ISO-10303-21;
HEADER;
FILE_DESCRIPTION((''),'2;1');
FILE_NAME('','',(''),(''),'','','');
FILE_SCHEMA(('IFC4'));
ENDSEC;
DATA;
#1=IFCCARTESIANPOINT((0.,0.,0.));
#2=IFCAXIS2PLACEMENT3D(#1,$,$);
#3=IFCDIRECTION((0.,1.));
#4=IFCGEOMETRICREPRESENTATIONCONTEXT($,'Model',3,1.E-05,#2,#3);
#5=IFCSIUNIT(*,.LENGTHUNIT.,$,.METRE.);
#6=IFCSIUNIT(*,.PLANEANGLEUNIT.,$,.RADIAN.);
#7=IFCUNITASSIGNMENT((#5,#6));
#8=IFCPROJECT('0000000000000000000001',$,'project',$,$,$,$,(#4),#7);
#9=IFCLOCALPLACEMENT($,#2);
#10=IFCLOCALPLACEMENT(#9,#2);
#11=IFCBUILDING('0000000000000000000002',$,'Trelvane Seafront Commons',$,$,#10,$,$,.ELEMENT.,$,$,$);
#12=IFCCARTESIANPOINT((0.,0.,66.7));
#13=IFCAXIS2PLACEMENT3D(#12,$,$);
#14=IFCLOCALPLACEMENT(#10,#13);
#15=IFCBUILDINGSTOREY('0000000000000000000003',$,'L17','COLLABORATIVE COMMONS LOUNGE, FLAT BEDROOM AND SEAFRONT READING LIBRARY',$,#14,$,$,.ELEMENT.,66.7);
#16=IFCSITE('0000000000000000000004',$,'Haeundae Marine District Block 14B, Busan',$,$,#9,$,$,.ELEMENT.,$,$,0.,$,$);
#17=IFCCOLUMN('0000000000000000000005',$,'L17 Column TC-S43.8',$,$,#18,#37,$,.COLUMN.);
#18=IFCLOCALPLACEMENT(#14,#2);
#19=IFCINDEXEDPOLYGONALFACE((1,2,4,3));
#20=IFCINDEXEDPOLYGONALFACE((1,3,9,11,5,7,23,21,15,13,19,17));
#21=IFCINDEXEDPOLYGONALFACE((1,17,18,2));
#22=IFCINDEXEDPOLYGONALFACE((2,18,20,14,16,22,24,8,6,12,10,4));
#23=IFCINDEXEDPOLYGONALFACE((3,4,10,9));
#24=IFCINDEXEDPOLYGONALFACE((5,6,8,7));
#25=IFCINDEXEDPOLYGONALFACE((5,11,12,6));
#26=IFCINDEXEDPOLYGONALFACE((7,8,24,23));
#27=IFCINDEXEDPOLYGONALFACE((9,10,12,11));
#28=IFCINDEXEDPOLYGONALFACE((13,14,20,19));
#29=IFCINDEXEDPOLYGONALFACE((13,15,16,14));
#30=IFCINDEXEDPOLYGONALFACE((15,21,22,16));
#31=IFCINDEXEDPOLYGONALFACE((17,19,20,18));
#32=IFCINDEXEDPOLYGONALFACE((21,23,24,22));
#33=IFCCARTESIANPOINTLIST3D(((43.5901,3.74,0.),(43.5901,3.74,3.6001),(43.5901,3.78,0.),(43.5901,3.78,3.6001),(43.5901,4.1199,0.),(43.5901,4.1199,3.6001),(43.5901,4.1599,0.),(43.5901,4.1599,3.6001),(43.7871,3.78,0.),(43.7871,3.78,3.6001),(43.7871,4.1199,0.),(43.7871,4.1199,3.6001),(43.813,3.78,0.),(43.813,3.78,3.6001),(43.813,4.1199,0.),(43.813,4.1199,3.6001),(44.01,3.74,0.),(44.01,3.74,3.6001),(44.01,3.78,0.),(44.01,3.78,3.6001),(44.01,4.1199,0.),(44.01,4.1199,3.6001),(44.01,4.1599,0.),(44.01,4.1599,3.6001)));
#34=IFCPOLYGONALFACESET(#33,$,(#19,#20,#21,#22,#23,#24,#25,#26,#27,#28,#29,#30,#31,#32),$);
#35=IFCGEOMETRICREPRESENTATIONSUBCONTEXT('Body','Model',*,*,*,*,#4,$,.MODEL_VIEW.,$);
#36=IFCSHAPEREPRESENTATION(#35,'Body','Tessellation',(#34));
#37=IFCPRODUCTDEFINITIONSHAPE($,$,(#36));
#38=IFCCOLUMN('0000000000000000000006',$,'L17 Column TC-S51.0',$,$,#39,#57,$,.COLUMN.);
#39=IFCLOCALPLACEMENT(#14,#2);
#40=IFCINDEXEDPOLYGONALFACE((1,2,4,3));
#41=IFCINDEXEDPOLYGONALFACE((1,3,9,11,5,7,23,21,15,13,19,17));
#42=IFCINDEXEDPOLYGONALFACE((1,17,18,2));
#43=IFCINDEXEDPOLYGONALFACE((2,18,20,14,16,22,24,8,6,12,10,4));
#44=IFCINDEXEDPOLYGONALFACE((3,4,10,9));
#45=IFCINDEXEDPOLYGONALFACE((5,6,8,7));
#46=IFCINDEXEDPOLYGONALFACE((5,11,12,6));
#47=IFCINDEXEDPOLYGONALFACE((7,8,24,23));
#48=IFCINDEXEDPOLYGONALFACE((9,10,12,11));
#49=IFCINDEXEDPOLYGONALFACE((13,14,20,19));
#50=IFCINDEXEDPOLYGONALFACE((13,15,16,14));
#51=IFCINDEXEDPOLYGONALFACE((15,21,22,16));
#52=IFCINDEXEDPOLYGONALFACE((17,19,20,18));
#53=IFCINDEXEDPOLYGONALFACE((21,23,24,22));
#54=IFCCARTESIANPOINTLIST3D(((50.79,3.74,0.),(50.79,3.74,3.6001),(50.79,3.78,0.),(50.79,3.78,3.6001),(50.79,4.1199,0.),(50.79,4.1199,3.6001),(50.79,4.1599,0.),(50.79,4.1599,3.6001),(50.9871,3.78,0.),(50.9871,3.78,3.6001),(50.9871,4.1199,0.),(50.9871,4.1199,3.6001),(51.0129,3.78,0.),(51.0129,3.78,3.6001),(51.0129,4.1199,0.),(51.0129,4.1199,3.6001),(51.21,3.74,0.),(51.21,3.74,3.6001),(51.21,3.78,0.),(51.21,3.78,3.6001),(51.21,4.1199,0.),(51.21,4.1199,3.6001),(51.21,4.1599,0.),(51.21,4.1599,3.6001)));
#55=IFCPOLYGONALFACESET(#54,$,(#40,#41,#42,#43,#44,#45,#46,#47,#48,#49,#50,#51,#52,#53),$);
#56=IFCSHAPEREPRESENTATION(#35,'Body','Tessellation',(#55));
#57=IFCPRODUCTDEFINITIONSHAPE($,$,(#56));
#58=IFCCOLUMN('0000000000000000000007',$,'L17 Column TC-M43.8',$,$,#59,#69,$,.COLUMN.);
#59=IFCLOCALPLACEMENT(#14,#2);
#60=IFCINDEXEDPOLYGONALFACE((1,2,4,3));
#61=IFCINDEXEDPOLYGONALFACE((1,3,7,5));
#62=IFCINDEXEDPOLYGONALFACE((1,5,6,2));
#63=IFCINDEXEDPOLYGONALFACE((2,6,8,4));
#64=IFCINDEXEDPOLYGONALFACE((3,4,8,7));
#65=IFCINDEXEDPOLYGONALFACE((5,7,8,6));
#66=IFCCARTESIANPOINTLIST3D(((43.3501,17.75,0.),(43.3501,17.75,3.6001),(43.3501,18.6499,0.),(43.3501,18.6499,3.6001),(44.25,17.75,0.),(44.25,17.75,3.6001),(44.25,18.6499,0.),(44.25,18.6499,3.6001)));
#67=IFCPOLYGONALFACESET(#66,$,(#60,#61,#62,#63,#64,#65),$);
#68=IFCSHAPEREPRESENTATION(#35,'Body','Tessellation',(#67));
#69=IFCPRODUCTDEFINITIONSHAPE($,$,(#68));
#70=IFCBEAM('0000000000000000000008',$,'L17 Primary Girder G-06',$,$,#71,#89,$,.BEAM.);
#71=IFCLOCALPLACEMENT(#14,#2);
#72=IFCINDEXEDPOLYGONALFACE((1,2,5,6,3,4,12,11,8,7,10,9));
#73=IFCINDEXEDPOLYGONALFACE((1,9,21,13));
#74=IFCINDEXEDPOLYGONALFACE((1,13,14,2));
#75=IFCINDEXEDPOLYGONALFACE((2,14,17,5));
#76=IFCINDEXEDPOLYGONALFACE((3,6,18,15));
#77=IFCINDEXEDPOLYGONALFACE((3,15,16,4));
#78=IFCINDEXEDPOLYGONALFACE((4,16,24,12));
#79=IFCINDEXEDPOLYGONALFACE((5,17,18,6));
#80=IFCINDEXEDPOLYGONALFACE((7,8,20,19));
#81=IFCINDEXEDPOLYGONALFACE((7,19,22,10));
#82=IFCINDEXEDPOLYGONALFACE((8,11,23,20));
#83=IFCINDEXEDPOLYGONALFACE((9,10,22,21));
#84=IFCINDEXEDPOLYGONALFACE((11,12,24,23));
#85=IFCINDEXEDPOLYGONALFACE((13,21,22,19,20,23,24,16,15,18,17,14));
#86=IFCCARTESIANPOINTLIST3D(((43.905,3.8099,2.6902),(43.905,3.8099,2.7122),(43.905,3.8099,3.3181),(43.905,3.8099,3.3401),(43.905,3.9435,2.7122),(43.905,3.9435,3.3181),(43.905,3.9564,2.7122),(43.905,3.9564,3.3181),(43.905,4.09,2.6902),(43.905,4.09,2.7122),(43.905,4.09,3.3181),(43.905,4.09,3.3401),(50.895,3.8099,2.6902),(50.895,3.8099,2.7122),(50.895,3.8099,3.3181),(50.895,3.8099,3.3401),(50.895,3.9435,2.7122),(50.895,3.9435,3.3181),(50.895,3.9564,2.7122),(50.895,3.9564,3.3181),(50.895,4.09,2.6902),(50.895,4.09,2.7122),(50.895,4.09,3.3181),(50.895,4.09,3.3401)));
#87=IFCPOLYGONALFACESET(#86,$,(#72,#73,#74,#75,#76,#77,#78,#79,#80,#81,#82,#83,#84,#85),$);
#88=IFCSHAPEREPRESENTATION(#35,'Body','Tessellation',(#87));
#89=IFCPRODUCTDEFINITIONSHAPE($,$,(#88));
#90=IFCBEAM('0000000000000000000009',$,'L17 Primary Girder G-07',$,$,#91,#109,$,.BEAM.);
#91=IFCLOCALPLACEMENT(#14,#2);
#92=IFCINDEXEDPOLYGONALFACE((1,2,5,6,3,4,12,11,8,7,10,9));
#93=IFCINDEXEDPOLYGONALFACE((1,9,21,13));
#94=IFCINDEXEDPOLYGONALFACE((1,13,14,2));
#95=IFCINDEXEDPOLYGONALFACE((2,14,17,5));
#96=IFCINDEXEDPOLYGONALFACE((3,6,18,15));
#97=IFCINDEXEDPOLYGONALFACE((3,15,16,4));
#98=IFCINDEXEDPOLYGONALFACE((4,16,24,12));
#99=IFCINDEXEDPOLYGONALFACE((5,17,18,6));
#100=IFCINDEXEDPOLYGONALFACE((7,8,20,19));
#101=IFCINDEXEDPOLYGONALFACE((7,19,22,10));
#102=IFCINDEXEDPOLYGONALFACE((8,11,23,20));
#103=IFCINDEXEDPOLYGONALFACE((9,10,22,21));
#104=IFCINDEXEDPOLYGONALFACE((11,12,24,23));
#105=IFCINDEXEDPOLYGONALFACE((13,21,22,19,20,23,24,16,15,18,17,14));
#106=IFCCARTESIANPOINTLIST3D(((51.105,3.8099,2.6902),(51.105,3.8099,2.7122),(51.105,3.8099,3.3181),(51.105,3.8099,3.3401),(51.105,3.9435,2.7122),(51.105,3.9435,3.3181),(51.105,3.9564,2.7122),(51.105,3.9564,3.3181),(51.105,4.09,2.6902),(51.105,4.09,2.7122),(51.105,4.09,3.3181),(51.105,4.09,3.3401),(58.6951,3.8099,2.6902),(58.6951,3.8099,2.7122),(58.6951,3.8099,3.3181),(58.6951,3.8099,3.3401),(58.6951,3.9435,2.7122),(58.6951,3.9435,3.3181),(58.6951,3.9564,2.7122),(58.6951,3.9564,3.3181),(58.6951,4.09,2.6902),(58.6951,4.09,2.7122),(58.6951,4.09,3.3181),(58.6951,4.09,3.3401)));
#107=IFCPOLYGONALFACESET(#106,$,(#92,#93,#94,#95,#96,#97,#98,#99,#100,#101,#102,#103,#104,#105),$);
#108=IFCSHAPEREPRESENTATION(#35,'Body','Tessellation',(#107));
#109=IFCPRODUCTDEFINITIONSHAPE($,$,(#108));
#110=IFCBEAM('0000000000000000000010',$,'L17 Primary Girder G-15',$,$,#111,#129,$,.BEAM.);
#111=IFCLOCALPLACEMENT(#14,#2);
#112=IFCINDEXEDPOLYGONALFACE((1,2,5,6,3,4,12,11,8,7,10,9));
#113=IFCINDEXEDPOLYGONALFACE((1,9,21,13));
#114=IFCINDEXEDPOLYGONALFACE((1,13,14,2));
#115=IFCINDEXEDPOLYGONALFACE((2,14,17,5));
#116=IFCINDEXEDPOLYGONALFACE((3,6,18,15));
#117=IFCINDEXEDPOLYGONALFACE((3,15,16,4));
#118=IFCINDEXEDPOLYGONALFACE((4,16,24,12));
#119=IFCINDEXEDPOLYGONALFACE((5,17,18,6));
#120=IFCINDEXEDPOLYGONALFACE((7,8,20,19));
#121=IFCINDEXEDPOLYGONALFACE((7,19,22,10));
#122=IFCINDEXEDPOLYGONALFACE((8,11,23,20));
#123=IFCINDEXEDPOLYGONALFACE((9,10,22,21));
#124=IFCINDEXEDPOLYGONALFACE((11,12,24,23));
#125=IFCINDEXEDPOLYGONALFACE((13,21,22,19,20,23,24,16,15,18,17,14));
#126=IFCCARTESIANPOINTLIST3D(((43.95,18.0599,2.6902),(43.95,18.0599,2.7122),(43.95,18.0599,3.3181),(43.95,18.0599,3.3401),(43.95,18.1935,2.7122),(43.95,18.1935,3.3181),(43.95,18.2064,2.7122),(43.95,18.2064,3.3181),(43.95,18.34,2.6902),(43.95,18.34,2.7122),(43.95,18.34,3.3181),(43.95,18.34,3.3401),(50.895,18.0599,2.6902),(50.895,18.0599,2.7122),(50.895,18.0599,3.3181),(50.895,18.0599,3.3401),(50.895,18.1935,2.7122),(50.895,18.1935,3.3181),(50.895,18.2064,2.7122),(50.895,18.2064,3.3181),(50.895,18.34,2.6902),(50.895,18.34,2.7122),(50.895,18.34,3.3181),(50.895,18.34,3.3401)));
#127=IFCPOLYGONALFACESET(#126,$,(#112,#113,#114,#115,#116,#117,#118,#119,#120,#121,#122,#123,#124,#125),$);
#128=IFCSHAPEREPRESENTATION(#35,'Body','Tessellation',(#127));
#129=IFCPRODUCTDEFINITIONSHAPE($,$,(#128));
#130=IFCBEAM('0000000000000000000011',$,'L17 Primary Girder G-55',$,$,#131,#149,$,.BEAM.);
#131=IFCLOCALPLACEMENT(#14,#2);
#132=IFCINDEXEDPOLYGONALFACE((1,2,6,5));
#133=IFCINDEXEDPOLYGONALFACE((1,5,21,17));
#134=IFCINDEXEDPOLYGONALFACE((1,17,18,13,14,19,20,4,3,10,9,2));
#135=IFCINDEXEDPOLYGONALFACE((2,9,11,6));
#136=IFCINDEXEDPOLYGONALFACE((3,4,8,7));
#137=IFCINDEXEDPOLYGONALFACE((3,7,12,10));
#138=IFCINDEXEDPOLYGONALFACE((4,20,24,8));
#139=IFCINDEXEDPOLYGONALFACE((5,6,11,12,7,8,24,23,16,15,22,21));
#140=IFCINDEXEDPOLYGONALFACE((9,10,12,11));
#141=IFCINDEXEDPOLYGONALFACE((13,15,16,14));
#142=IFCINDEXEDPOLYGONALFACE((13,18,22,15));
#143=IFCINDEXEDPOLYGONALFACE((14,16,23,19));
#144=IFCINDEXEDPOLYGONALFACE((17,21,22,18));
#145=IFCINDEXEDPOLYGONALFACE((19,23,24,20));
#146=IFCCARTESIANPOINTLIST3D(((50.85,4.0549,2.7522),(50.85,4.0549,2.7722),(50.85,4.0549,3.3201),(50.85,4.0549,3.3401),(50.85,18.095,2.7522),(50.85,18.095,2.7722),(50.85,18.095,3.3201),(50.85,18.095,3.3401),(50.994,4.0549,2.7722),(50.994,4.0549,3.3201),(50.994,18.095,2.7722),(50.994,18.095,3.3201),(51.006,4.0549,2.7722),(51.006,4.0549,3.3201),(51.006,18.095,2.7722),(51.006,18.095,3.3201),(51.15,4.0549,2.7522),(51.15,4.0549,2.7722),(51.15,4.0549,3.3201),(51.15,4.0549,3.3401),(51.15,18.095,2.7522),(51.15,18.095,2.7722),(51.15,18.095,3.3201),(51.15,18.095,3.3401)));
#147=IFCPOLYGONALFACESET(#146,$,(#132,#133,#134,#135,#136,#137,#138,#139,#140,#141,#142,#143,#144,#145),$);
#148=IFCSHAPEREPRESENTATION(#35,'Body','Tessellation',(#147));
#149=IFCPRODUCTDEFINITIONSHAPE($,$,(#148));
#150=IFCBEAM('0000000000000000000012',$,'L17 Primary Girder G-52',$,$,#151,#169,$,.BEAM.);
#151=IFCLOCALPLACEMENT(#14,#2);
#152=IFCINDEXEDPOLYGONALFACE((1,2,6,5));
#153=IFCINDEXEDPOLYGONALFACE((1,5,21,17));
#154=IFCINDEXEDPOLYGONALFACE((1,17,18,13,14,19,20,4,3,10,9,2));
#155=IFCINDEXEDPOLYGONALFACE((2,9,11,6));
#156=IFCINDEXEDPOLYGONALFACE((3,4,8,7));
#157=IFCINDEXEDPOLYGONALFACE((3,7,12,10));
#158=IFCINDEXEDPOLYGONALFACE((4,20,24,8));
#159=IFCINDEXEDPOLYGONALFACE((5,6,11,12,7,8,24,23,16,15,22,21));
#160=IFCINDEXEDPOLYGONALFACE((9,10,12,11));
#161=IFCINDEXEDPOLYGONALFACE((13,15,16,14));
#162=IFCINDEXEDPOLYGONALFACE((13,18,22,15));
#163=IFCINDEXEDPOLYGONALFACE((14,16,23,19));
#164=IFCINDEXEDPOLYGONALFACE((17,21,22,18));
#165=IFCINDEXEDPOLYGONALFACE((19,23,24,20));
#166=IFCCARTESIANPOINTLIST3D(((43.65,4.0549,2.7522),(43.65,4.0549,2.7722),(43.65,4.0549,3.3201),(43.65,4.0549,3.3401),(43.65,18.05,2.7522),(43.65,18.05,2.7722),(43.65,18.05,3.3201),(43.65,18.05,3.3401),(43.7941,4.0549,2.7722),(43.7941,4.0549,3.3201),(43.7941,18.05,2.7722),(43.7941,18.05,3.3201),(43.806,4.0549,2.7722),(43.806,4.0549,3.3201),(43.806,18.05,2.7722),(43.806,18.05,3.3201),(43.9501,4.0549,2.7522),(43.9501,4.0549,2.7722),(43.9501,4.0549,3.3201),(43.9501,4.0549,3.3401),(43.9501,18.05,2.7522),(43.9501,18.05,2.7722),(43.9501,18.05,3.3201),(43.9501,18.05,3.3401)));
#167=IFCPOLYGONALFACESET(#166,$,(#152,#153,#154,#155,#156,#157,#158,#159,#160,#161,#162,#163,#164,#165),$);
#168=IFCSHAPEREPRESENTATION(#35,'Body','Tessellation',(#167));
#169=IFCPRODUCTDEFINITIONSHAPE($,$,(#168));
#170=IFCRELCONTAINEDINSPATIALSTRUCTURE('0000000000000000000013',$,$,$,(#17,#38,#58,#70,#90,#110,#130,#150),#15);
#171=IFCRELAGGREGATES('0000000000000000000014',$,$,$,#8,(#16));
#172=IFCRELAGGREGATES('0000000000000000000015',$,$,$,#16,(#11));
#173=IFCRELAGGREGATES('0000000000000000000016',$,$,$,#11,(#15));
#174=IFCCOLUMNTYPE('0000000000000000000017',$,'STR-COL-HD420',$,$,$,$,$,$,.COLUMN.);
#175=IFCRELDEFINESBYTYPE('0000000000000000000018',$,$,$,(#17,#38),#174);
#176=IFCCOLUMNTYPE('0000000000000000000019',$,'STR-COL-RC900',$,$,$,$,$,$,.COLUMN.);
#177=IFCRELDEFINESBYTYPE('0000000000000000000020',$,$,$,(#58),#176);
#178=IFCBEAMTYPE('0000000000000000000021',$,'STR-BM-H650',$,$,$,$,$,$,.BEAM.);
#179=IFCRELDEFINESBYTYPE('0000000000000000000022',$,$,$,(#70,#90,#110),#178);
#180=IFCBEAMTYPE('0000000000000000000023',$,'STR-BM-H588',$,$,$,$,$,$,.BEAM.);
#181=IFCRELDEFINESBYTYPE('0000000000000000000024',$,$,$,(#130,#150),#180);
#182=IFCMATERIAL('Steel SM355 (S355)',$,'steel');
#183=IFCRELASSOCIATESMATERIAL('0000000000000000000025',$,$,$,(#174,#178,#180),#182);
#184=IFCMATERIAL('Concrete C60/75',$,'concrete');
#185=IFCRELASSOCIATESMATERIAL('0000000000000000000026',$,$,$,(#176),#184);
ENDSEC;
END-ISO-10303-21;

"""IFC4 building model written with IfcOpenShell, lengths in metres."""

from ifc_helpers import new_model, si_unit, direction, frame, origin, origin_2d, place, context, subcontext, project, spatial, rectangle, i_section, extrude, source, transform, mapped, material, material_profile, profile_set, type_object, element, save


model = new_model("IFC4")

# Units and contexts
model_context = context("Model", 3, precision=1e-05, world=origin(), true_north=direction((0.0, 1.0)))
body_context = subcontext(model_context, "Body", "Model", "MODEL_VIEW")
ifc_project = project(units=[si_unit("LENGTHUNIT", "METRE"), si_unit("PLANEANGLEUNIT", "RADIAN")], contexts=[model_context])

# Site, building, storey
site_placement = place(None, origin())
site = spatial("IfcSite", under=ifc_project, at=site_placement, Name="Haeundae Marine District Block 14B, Busan", CompositionType="ELEMENT", RefElevation=0.0)
building_placement = place(site_placement, origin())
building = spatial("IfcBuilding", under=site, at=building_placement, Name="Trelvane Seafront Commons", CompositionType="ELEMENT")
storey_placement = place(building_placement, frame((0.0, 0.0, 66.7)))
storey = spatial("IfcBuildingStorey", under=building, at=storey_placement, Name="L17", Description="COLLABORATIVE COMMONS LOUNGE, FLAT BEDROOM AND SEAFRONT READING LIBRARY", CompositionType="ELEMENT", Elevation=66.7)

# Columns
ifc_material_1 = material(Name="Steel SM355 (S355)", Category="steel")
ifc_material_profile_1 = material_profile(ifc_material_1, i_section(OverallWidth=0.4199, OverallDepth=0.4199, WebThickness=0.0259, FlangeThickness=0.04, at=origin_2d()), Name="HD-420x420x26x40")
ifc_profile_set_1 = profile_set([ifc_material_profile_1], Name="Steel SM355 (S355)")
column_type_1 = type_object("IfcColumnType", Name="STR-COL-HD420", PredefinedType="COLUMN", material=ifc_profile_set_1)
shared_shape_1 = source(origin(), body_context, "Body", "SweptSolid", [
    extrude(i_section(OverallWidth=0.4199, OverallDepth=0.4199, WebThickness=0.0259, FlangeThickness=0.04, at=origin_2d()), origin(), (0.0, 0.0, 1.0), 3.6001),
])
for number, where, z_axis, x_axis, name in (
    (1, (43.8, 3.95, 0.0), (0.0, 0.0, 1.0), (1.0, 0.0, 0.0), "L17 Column TC-S43.8"),
    (2, (51.0, 3.95, 0.0), (0.0, 0.0, 1.0), (1.0, 0.0, 0.0), "L17 Column TC-S51.0"),
):
    element("IfcColumn", number, at=place(storey_placement, frame(where, z_axis=z_axis, x_axis=x_axis)), inside=storey, type_object=column_type_1, Name=name, PredefinedType="COLUMN", context=body_context, shape_type="MappedRepresentation", body=[
        mapped(shared_shape_1, transform((0.0, 0.0, 0.0), x_axis=(1.0, 0.0, 0.0), y_axis=(0.0, 1.0, 0.0), z_axis=(0.0, 0.0, 1.0), scale=1.0)),
    ])
ifc_material_2 = material(Name="Concrete C60/75", Category="concrete")
ifc_material_profile_2 = material_profile(ifc_material_2, rectangle(XDim=0.8999, YDim=0.8999, at=origin_2d()), Name="RC-900x900")
ifc_profile_set_2 = profile_set([ifc_material_profile_2], Name="Concrete C60/75")
column_type_2 = type_object("IfcColumnType", Name="STR-COL-RC900", PredefinedType="COLUMN", material=ifc_profile_set_2)
shared_shape_2 = source(origin(), body_context, "Body", "SweptSolid", [
    extrude(rectangle(XDim=0.8999, YDim=0.8999, at=origin_2d()), origin(), (0.0, 0.0, 1.0), 3.6001),
])
column_placement = place(storey_placement, frame((43.8, 18.2, 0.0), z_axis=(0.0, 0.0, 1.0), x_axis=(1.0, 0.0, 0.0)))
element("IfcColumn", 3, at=column_placement, inside=storey, type_object=column_type_2, Name="L17 Column TC-M43.8", PredefinedType="COLUMN", context=body_context, shape_type="MappedRepresentation", body=[
    mapped(shared_shape_2, transform((0.0, 0.0, 0.0), x_axis=(1.0, 0.0, 0.0), y_axis=(0.0, 1.0, 0.0), z_axis=(0.0, 0.0, 1.0), scale=1.0)),
])

# Beams
ifc_material_profile_3 = material_profile(ifc_material_1, i_section(OverallWidth=0.28, OverallDepth=0.6499, WebThickness=0.0129, FlangeThickness=0.022, at=origin_2d()), Name="H-650x280x13x22")
ifc_profile_set_3 = profile_set([ifc_material_profile_3], Name="Steel SM355 (S355)")
beam_type_1 = type_object("IfcBeamType", Name="STR-BM-H650", PredefinedType="BEAM", material=ifc_profile_set_3)
shared_shape_3 = source(origin(), body_context, "Body", "SweptSolid", [
    extrude(i_section(OverallWidth=0.28, OverallDepth=0.6499, WebThickness=0.0129, FlangeThickness=0.022, at=origin_2d()), origin(), (0.0, 0.0, 1.0), 6.99),
])
beam_1_placement = place(storey_placement, frame((43.905, 3.95, 3.0151), z_axis=(1.0, 0.0, 0.0), x_axis=(0.0, 1.0, 0.0)))
element("IfcBeam", 4, at=beam_1_placement, inside=storey, type_object=beam_type_1, Name="L17 Primary Girder G-06", PredefinedType="BEAM", context=body_context, shape_type="MappedRepresentation", body=[
    mapped(shared_shape_3, transform((0.0, 0.0, 0.0), x_axis=(1.0, 0.0, 0.0), y_axis=(0.0, 1.0, 0.0), z_axis=(0.0, 0.0, 1.0), scale=1.0)),
])
shared_shape_4 = source(origin(), body_context, "Body", "SweptSolid", [
    extrude(i_section(OverallWidth=0.28, OverallDepth=0.6499, WebThickness=0.0129, FlangeThickness=0.022, at=origin_2d()), origin(), (0.0, 0.0, 1.0), 7.5901),
])
beam_2_placement = place(storey_placement, frame((51.105, 3.95, 3.0151), z_axis=(1.0, 0.0, 0.0), x_axis=(0.0, 1.0, 0.0)))
element("IfcBeam", 5, at=beam_2_placement, inside=storey, type_object=beam_type_1, Name="L17 Primary Girder G-07", PredefinedType="BEAM", context=body_context, shape_type="MappedRepresentation", body=[
    mapped(shared_shape_4, transform((0.0, 0.0, 0.0), x_axis=(1.0, 0.0, 0.0), y_axis=(0.0, 1.0, 0.0), z_axis=(0.0, 0.0, 1.0), scale=1.0)),
])
shared_shape_5 = source(origin(), body_context, "Body", "SweptSolid", [
    extrude(i_section(OverallWidth=0.28, OverallDepth=0.6499, WebThickness=0.0129, FlangeThickness=0.022, at=origin_2d()), origin(), (0.0, 0.0, 1.0), 6.9451),
])
beam_3_placement = place(storey_placement, frame((43.95, 18.2, 3.0151), z_axis=(1.0, 0.0, 0.0), x_axis=(0.0, 1.0, 0.0)))
element("IfcBeam", 6, at=beam_3_placement, inside=storey, type_object=beam_type_1, Name="L17 Primary Girder G-15", PredefinedType="BEAM", context=body_context, shape_type="MappedRepresentation", body=[
    mapped(shared_shape_5, transform((0.0, 0.0, 0.0), x_axis=(1.0, 0.0, 0.0), y_axis=(0.0, 1.0, 0.0), z_axis=(0.0, 0.0, 1.0), scale=1.0)),
])
ifc_material_profile_4 = material_profile(ifc_material_1, i_section(OverallWidth=0.3, OverallDepth=0.5879, WebThickness=0.012, FlangeThickness=0.02, at=origin_2d()), Name="H-588x300x12x20")
ifc_profile_set_4 = profile_set([ifc_material_profile_4], Name="Steel SM355 (S355)")
beam_type_2 = type_object("IfcBeamType", Name="STR-BM-H588", PredefinedType="BEAM", material=ifc_profile_set_4)
shared_shape_6 = source(origin(), body_context, "Body", "SweptSolid", [
    extrude(i_section(OverallWidth=0.3, OverallDepth=0.5879, WebThickness=0.012, FlangeThickness=0.02, at=origin_2d()), origin(), (0.0, 0.0, 1.0), 14.04),
])
beam_4_placement = place(storey_placement, frame((51.0, 4.0549, 3.0461), z_axis=(0.0, 1.0, 0.0), x_axis=(-1.0, 0.0, 0.0)))
element("IfcBeam", 7, at=beam_4_placement, inside=storey, type_object=beam_type_2, Name="L17 Primary Girder G-55", PredefinedType="BEAM", context=body_context, shape_type="MappedRepresentation", body=[
    mapped(shared_shape_6, transform((0.0, 0.0, 0.0), x_axis=(1.0, 0.0, 0.0), y_axis=(0.0, 1.0, 0.0), z_axis=(0.0, 0.0, 1.0), scale=1.0)),
])
shared_shape_7 = source(origin(), body_context, "Body", "SweptSolid", [
    extrude(i_section(OverallWidth=0.3, OverallDepth=0.5879, WebThickness=0.012, FlangeThickness=0.02, at=origin_2d()), origin(), (0.0, 0.0, 1.0), 13.9951),
])
beam_5_placement = place(storey_placement, frame((43.8, 4.0549, 3.0461), z_axis=(0.0, 1.0, 0.0), x_axis=(-1.0, 0.0, 0.0)))
element("IfcBeam", 8, at=beam_5_placement, inside=storey, type_object=beam_type_2, Name="L17 Primary Girder G-52", PredefinedType="BEAM", context=body_context, shape_type="MappedRepresentation", body=[
    mapped(shared_shape_7, transform((0.0, 0.0, 0.0), x_axis=(1.0, 0.0, 0.0), y_axis=(0.0, 1.0, 0.0), z_axis=(0.0, 0.0, 1.0), scale=1.0)),
])

save(model, "model.ifc")
